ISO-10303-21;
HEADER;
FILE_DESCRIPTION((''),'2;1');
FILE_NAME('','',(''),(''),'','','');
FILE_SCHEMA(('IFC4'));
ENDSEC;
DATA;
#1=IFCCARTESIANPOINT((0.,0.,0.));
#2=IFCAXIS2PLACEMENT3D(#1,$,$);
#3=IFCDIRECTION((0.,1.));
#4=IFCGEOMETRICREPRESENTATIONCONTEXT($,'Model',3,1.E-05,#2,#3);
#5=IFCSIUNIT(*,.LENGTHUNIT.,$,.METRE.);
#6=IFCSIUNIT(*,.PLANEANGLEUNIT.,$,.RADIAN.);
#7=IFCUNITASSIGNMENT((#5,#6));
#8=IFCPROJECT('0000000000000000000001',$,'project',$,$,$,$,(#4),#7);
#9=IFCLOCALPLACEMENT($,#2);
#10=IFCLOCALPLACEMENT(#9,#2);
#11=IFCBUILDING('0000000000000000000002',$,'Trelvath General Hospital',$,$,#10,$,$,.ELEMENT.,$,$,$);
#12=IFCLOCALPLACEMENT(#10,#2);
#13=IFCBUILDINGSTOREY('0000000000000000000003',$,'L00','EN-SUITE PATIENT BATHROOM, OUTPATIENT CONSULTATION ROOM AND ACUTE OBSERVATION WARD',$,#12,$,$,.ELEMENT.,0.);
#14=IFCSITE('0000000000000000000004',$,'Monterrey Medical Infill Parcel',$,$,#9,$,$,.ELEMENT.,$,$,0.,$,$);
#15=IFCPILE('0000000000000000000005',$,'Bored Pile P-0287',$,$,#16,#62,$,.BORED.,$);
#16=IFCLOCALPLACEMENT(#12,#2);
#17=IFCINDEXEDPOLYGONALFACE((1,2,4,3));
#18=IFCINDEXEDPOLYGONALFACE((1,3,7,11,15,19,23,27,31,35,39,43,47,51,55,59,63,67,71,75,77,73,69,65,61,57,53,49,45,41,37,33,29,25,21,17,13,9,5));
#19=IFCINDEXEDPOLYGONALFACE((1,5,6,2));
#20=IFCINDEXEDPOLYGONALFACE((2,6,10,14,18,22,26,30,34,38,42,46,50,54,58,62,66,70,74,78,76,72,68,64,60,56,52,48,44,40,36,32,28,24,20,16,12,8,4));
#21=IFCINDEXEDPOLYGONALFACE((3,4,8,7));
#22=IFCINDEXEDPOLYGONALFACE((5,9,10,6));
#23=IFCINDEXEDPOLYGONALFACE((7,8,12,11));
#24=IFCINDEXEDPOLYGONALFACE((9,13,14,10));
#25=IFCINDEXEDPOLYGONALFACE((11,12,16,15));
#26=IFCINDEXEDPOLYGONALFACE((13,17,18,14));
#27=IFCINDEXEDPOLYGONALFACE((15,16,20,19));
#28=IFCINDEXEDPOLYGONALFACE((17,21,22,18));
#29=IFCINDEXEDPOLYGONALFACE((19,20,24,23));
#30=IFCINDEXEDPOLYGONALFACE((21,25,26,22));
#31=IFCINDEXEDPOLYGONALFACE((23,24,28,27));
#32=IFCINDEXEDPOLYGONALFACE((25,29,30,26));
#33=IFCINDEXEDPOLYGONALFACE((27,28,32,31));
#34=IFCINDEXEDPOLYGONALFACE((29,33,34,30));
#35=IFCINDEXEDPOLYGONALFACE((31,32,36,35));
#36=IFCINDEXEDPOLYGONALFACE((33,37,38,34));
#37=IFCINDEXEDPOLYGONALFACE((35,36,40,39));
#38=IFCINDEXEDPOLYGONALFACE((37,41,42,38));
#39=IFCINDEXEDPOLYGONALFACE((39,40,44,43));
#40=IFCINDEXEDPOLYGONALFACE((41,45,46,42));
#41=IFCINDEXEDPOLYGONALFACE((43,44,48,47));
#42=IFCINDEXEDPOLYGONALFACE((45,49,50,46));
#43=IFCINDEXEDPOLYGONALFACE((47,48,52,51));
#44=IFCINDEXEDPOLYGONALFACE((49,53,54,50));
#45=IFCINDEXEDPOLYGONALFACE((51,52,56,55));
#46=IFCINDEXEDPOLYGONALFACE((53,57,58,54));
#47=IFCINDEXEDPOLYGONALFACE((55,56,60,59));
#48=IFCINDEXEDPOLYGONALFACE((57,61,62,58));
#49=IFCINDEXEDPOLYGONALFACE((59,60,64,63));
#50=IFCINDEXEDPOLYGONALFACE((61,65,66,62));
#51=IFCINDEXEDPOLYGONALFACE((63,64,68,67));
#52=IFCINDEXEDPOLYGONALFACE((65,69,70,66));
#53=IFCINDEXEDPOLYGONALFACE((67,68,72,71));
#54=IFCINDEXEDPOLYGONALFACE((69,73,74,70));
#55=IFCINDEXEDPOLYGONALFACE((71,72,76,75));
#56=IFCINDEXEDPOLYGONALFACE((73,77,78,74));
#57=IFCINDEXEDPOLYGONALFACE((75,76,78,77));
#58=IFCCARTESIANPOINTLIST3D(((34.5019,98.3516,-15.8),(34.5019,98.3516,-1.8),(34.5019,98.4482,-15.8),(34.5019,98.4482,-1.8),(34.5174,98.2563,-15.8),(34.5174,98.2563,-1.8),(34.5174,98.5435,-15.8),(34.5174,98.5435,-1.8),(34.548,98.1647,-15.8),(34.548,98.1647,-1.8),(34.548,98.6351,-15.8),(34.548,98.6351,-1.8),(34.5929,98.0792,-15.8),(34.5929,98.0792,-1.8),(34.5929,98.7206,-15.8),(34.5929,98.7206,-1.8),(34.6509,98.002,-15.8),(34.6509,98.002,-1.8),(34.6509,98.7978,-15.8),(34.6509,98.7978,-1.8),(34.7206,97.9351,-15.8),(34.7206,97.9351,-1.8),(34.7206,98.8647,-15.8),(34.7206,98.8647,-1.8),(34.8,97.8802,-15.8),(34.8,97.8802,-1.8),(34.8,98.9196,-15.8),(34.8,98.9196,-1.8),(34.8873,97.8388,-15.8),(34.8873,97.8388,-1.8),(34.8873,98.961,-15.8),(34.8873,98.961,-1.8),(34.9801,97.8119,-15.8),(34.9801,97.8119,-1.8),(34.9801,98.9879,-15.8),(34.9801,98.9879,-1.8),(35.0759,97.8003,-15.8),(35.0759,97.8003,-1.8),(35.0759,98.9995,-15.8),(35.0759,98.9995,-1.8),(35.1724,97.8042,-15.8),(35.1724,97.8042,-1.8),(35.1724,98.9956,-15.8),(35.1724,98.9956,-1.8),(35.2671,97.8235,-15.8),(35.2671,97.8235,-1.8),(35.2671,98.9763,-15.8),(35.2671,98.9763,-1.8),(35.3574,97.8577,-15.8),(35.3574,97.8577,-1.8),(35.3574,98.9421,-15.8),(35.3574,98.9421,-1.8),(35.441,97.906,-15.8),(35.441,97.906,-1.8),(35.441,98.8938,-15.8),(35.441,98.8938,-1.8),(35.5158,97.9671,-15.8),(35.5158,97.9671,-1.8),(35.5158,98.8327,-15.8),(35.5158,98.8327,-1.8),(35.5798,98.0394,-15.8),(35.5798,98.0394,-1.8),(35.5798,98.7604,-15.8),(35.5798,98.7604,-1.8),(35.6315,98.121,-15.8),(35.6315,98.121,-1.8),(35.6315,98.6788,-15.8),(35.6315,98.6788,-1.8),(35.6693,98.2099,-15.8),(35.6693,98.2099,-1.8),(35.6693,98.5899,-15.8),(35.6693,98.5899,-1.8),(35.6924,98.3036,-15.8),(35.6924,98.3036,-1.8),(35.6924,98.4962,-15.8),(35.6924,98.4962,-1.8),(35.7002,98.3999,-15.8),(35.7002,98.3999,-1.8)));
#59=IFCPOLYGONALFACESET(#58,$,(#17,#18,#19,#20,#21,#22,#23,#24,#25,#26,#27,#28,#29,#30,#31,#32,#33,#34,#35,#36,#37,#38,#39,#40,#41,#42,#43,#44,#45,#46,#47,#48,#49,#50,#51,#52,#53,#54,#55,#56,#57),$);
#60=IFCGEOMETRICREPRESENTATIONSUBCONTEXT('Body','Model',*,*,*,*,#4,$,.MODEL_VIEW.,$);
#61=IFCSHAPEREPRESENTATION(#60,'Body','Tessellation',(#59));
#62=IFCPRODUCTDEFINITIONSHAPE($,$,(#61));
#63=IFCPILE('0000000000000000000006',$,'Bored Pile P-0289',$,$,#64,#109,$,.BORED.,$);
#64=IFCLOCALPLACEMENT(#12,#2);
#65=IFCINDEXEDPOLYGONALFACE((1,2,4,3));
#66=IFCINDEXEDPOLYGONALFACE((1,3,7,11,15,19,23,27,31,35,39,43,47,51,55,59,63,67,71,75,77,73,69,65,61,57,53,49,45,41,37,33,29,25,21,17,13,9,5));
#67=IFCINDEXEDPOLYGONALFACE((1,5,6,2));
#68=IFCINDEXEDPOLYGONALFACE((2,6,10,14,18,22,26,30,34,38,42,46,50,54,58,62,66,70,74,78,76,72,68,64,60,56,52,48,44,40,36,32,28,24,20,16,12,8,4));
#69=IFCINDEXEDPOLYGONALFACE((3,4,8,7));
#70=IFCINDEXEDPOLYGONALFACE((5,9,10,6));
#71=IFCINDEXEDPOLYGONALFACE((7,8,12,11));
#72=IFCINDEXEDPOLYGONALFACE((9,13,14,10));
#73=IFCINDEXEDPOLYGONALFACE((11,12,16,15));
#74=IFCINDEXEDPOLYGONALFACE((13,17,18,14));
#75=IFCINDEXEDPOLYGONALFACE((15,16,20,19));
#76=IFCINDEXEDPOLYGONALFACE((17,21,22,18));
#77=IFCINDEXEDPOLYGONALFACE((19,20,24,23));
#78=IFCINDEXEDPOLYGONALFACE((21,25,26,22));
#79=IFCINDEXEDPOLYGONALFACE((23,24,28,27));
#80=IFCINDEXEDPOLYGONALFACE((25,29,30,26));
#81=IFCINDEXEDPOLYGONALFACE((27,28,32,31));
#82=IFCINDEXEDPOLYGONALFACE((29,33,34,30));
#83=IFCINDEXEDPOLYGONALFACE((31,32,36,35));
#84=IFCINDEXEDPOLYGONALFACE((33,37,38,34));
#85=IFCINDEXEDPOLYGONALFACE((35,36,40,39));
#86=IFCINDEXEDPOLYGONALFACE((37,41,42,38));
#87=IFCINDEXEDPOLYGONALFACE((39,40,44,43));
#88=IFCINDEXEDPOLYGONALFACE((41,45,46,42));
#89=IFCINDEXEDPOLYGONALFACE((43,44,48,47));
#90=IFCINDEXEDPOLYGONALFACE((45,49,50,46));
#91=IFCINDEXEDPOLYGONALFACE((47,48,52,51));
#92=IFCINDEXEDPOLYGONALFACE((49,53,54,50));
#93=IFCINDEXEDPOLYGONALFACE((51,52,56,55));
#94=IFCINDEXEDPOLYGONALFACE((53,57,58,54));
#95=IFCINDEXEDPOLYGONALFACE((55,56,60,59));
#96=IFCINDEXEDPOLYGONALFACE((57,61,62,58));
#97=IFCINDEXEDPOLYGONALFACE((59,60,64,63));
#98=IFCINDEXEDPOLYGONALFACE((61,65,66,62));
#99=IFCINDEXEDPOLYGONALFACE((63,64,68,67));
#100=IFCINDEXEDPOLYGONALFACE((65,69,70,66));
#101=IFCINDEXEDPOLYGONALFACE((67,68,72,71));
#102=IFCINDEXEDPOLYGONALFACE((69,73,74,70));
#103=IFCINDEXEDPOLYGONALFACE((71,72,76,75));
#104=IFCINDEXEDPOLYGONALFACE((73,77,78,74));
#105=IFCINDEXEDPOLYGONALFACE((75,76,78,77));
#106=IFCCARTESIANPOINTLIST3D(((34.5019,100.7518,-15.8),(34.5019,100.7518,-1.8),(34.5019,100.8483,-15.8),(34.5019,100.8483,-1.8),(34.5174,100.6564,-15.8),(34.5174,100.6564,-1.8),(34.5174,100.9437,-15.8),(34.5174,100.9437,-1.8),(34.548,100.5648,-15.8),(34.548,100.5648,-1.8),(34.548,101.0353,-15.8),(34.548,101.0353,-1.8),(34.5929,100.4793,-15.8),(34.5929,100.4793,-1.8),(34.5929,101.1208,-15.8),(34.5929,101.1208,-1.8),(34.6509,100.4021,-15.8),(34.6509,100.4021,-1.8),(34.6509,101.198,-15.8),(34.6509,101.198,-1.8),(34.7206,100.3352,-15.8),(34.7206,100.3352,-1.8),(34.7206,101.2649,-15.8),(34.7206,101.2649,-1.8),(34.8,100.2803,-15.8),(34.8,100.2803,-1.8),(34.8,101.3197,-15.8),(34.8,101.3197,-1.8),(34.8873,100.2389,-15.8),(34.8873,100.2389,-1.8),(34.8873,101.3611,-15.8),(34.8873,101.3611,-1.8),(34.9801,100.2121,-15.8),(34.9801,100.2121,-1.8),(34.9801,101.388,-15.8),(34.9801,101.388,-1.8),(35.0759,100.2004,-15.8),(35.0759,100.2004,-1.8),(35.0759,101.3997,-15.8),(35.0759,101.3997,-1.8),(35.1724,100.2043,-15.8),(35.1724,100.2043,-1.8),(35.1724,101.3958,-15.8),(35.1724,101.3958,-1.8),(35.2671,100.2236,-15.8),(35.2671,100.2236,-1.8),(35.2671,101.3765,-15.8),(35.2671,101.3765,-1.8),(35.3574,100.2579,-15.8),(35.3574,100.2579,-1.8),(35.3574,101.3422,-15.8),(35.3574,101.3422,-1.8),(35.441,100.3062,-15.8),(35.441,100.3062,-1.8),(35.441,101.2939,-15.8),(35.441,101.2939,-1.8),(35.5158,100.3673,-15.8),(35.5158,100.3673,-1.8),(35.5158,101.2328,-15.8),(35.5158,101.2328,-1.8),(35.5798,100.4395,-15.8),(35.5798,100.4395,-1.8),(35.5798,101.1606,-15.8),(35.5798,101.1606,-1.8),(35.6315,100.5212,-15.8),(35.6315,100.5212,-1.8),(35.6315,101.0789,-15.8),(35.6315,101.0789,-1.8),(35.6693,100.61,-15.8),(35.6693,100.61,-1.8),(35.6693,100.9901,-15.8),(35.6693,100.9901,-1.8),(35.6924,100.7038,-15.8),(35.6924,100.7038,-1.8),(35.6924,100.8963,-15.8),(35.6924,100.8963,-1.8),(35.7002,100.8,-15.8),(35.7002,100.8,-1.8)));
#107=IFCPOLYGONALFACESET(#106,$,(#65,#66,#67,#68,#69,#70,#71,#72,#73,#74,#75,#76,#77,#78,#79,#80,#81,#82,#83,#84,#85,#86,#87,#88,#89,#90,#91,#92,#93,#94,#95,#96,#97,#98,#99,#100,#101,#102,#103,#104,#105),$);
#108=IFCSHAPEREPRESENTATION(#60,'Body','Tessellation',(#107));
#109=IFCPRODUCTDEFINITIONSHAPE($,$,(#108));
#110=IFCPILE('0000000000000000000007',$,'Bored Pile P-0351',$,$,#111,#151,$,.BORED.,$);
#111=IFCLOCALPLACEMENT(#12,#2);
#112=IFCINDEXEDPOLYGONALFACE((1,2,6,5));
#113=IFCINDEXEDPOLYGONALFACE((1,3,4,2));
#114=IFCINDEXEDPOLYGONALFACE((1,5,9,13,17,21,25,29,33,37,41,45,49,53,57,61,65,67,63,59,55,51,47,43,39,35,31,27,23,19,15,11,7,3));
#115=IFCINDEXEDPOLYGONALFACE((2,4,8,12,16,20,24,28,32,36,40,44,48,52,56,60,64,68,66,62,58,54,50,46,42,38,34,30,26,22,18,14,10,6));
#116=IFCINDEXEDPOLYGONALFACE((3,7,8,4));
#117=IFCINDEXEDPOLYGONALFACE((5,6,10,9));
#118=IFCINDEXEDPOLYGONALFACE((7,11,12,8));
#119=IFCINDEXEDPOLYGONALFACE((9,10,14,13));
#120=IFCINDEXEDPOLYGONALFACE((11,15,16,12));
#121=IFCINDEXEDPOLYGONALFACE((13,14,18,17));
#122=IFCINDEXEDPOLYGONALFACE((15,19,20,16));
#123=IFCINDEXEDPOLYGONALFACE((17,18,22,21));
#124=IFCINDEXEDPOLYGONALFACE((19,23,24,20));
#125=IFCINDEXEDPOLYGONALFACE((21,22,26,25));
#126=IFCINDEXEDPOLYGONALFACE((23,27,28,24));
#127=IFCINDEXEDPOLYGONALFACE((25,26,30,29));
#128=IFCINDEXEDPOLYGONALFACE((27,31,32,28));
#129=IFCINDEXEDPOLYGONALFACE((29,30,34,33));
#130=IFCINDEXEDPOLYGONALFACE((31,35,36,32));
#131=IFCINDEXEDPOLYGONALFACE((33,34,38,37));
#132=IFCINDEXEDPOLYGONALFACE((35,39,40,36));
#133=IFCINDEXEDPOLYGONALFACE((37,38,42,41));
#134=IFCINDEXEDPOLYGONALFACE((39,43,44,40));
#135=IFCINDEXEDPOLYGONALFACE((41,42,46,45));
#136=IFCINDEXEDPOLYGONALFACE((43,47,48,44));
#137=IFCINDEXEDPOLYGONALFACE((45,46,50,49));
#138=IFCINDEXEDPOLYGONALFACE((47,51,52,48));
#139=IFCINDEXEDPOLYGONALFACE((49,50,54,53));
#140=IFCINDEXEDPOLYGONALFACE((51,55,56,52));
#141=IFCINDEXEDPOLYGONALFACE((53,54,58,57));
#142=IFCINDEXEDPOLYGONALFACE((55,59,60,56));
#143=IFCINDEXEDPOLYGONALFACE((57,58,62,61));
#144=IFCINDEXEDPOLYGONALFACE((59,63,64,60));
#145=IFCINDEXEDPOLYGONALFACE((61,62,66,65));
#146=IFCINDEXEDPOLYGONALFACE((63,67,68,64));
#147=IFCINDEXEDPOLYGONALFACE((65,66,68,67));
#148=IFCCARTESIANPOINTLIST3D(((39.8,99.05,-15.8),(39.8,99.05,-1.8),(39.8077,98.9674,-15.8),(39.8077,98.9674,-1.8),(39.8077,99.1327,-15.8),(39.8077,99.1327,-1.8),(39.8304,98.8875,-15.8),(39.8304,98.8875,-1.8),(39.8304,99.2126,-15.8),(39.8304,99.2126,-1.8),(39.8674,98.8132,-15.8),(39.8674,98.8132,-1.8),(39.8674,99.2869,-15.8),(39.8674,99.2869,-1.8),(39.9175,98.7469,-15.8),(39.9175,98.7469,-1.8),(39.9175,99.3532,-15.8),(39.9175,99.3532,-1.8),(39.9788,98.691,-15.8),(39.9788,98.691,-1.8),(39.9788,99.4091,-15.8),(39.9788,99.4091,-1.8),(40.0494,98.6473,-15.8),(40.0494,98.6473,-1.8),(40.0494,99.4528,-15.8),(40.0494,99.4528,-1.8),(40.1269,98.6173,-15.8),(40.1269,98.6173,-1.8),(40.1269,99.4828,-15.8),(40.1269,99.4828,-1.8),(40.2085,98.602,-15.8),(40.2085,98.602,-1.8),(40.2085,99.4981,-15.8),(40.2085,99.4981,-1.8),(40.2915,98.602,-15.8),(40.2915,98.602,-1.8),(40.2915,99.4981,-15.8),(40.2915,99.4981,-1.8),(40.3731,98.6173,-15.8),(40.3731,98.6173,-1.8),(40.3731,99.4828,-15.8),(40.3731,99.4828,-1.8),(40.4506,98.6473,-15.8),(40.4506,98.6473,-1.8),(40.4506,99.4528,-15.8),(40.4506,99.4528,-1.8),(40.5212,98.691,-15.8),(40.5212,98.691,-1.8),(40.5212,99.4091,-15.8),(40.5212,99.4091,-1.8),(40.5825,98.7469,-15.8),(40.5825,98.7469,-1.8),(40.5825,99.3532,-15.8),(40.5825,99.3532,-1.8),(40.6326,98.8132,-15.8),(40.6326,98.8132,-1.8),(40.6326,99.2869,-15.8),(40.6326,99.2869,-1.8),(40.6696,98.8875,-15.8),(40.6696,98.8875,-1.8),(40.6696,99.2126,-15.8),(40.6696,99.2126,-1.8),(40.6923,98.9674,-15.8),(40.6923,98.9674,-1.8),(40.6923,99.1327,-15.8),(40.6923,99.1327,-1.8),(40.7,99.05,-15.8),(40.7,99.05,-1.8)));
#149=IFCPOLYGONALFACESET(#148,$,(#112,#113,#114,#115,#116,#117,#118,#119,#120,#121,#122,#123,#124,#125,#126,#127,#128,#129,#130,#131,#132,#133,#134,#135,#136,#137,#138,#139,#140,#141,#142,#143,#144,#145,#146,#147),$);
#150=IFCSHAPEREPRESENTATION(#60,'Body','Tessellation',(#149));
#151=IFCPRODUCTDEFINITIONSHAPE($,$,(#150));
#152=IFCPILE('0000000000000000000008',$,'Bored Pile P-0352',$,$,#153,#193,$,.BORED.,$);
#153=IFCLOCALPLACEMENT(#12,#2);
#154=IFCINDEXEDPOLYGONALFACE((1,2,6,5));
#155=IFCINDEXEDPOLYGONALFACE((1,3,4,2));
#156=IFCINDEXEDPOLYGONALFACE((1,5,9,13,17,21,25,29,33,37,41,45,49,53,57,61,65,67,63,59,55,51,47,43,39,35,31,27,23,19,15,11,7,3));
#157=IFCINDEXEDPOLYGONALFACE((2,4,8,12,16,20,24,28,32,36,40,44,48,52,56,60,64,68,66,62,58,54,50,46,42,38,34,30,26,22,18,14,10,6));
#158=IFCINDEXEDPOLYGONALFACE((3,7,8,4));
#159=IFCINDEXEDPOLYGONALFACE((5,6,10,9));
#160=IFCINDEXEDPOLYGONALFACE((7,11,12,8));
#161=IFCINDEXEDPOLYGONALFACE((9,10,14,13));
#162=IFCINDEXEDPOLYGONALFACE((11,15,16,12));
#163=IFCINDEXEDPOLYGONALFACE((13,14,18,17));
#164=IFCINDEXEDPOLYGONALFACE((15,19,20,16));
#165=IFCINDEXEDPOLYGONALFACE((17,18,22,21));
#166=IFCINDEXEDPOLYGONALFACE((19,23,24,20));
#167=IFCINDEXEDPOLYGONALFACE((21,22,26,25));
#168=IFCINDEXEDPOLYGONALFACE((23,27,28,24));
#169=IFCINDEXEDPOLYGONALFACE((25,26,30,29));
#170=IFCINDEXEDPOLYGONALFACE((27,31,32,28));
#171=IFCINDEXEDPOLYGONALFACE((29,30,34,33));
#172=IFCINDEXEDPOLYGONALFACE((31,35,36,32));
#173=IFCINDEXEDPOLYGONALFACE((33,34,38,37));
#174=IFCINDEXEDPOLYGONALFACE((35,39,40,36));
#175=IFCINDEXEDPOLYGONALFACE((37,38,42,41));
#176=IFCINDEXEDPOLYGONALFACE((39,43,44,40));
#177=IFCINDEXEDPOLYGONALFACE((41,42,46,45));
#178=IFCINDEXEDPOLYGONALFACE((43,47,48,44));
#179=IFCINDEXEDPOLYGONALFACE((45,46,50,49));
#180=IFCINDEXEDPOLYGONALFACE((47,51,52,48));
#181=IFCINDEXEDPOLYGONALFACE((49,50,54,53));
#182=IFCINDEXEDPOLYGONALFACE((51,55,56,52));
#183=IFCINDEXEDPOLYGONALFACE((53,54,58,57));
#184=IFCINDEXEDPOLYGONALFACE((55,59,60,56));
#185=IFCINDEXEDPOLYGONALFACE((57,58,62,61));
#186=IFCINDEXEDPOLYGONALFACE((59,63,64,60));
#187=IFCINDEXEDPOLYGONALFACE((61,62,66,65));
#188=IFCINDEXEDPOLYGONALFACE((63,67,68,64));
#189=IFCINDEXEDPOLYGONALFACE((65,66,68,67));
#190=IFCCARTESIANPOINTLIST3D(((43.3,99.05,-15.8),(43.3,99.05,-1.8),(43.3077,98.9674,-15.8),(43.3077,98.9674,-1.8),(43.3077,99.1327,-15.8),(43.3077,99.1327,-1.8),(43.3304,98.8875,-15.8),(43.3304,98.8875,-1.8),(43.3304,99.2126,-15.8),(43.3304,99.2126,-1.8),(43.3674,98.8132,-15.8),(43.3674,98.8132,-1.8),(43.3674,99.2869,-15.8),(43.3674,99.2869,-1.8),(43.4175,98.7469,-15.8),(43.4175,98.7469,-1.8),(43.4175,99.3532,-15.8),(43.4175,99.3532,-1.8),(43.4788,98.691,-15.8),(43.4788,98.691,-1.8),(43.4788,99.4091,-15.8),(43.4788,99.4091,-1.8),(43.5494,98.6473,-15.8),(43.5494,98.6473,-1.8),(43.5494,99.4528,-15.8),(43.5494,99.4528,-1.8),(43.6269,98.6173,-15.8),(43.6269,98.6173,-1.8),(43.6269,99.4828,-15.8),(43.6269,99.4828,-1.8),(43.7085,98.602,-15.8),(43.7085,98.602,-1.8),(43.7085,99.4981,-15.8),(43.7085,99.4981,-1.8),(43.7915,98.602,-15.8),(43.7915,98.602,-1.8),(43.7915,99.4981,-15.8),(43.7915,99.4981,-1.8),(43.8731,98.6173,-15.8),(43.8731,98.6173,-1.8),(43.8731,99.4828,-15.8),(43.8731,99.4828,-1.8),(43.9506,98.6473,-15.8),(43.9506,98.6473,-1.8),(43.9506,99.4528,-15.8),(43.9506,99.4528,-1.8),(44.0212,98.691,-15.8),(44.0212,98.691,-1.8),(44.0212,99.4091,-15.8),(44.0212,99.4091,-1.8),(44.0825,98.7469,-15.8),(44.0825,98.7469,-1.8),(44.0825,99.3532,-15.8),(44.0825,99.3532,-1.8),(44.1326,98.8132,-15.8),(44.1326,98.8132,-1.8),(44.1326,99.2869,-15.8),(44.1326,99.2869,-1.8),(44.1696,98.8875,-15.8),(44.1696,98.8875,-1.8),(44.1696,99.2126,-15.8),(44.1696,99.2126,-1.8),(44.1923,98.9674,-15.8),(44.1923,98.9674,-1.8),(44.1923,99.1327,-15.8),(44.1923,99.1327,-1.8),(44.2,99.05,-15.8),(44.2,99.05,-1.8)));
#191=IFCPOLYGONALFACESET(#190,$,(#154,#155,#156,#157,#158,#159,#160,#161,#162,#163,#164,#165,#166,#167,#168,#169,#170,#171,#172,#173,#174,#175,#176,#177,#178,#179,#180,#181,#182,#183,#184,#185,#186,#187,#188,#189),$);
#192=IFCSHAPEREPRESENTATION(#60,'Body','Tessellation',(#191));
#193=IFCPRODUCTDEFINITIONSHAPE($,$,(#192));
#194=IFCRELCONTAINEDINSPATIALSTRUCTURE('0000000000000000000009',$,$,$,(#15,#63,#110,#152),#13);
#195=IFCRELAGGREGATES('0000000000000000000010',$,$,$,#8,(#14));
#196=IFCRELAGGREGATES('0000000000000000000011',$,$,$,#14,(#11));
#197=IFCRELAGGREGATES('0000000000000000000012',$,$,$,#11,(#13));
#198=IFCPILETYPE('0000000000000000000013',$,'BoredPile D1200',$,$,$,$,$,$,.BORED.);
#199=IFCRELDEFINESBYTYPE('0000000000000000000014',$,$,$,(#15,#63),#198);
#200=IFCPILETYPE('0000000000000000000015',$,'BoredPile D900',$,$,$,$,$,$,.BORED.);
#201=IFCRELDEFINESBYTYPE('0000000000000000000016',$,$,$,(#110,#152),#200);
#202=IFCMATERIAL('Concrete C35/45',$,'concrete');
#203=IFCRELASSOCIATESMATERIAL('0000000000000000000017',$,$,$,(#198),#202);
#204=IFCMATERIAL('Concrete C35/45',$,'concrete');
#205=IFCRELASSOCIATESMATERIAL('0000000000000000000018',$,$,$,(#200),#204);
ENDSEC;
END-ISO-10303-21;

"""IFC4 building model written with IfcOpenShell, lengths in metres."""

from ifc_helpers import new_model, si_unit, direction, frame, origin, origin_2d, place, context, subcontext, project, spatial, circle, extrude, material, material_profile, profile_set, type_object, element, save


model = new_model("IFC4")

# Units and contexts
model_context = context("Model", 3, precision=1e-05, world=origin(), true_north=direction((0.0, 1.0)))
body_context = subcontext(model_context, "Body", "Model", "MODEL_VIEW")
ifc_project = project(units=[si_unit("LENGTHUNIT", "METRE"), si_unit("PLANEANGLEUNIT", "RADIAN")], contexts=[model_context])

# Site, building, storey
site_placement = place(None, origin())
site = spatial("IfcSite", under=ifc_project, at=site_placement, Name="Monterrey Medical Infill Parcel", CompositionType="ELEMENT", RefElevation=0.0)
building_placement = place(site_placement, origin())
building = spatial("IfcBuilding", under=site, at=building_placement, Name="Trelvath General Hospital", CompositionType="ELEMENT")
storey_placement = place(building_placement, origin())
storey = spatial("IfcBuildingStorey", under=building, at=storey_placement, Name="L00", Description="EN-SUITE PATIENT BATHROOM, OUTPATIENT CONSULTATION ROOM AND ACUTE OBSERVATION WARD", CompositionType="ELEMENT", Elevation=0.0)

# Piles
ifc_material_1 = material(Name="Concrete C35/45", Category="concrete")
ifc_material_profile_1 = material_profile(ifc_material_1, circle(Radius=0.6001, at=origin_2d()), Name="PILE1200")
ifc_profile_set_1 = profile_set([ifc_material_profile_1], Name="Concrete C35/45")
pile_type_1 = type_object("IfcPileType", Name="BoredPile D1200", PredefinedType="BORED", material=ifc_profile_set_1)
for number, where, z_axis, x_axis, name in (
    (1, (35.1001, 98.3999, -1.8), (0.0, 0.0, -1.0), (1.0, 0.0, 0.0), "Bored Pile P-0287"),
    (2, (35.1001, 100.8, -1.8), (0.0, 0.0, -1.0), (1.0, 0.0, 0.0), "Bored Pile P-0289"),
):
    element("IfcPile", number, at=place(storey_placement, frame(where, z_axis=z_axis, x_axis=x_axis)), inside=storey, type_object=pile_type_1, Name=name, PredefinedType="BORED", context=body_context, shape_type="SweptSolid", body=[
        extrude(circle(Radius=0.6001, at=origin_2d()), origin(), (0.0, 0.0, 1.0), 14.0),
    ])
ifc_material_2 = material(Name="Concrete C35/45", Category="concrete")
ifc_material_profile_2 = material_profile(ifc_material_2, circle(Radius=0.45, at=origin_2d()), Name="PILE900")
ifc_profile_set_2 = profile_set([ifc_material_profile_2], Name="Concrete C35/45")
pile_type_2 = type_object("IfcPileType", Name="BoredPile D900", PredefinedType="BORED", material=ifc_profile_set_2)
for number, where, z_axis, x_axis, name in (
    (3, (40.25, 99.05, -1.8), (0.0, 0.0, -1.0), (1.0, 0.0, 0.0), "Bored Pile P-0351"),
    (4, (43.75, 99.05, -1.8), (0.0, 0.0, -1.0), (1.0, 0.0, 0.0), "Bored Pile P-0352"),
):
    element("IfcPile", number, at=place(storey_placement, frame(where, z_axis=z_axis, x_axis=x_axis)), inside=storey, type_object=pile_type_2, Name=name, PredefinedType="BORED", context=body_context, shape_type="SweptSolid", body=[
        extrude(circle(Radius=0.45, at=origin_2d()), origin(), (0.0, 0.0, 1.0), 14.0),
    ])

save(model, "model.ifc")
